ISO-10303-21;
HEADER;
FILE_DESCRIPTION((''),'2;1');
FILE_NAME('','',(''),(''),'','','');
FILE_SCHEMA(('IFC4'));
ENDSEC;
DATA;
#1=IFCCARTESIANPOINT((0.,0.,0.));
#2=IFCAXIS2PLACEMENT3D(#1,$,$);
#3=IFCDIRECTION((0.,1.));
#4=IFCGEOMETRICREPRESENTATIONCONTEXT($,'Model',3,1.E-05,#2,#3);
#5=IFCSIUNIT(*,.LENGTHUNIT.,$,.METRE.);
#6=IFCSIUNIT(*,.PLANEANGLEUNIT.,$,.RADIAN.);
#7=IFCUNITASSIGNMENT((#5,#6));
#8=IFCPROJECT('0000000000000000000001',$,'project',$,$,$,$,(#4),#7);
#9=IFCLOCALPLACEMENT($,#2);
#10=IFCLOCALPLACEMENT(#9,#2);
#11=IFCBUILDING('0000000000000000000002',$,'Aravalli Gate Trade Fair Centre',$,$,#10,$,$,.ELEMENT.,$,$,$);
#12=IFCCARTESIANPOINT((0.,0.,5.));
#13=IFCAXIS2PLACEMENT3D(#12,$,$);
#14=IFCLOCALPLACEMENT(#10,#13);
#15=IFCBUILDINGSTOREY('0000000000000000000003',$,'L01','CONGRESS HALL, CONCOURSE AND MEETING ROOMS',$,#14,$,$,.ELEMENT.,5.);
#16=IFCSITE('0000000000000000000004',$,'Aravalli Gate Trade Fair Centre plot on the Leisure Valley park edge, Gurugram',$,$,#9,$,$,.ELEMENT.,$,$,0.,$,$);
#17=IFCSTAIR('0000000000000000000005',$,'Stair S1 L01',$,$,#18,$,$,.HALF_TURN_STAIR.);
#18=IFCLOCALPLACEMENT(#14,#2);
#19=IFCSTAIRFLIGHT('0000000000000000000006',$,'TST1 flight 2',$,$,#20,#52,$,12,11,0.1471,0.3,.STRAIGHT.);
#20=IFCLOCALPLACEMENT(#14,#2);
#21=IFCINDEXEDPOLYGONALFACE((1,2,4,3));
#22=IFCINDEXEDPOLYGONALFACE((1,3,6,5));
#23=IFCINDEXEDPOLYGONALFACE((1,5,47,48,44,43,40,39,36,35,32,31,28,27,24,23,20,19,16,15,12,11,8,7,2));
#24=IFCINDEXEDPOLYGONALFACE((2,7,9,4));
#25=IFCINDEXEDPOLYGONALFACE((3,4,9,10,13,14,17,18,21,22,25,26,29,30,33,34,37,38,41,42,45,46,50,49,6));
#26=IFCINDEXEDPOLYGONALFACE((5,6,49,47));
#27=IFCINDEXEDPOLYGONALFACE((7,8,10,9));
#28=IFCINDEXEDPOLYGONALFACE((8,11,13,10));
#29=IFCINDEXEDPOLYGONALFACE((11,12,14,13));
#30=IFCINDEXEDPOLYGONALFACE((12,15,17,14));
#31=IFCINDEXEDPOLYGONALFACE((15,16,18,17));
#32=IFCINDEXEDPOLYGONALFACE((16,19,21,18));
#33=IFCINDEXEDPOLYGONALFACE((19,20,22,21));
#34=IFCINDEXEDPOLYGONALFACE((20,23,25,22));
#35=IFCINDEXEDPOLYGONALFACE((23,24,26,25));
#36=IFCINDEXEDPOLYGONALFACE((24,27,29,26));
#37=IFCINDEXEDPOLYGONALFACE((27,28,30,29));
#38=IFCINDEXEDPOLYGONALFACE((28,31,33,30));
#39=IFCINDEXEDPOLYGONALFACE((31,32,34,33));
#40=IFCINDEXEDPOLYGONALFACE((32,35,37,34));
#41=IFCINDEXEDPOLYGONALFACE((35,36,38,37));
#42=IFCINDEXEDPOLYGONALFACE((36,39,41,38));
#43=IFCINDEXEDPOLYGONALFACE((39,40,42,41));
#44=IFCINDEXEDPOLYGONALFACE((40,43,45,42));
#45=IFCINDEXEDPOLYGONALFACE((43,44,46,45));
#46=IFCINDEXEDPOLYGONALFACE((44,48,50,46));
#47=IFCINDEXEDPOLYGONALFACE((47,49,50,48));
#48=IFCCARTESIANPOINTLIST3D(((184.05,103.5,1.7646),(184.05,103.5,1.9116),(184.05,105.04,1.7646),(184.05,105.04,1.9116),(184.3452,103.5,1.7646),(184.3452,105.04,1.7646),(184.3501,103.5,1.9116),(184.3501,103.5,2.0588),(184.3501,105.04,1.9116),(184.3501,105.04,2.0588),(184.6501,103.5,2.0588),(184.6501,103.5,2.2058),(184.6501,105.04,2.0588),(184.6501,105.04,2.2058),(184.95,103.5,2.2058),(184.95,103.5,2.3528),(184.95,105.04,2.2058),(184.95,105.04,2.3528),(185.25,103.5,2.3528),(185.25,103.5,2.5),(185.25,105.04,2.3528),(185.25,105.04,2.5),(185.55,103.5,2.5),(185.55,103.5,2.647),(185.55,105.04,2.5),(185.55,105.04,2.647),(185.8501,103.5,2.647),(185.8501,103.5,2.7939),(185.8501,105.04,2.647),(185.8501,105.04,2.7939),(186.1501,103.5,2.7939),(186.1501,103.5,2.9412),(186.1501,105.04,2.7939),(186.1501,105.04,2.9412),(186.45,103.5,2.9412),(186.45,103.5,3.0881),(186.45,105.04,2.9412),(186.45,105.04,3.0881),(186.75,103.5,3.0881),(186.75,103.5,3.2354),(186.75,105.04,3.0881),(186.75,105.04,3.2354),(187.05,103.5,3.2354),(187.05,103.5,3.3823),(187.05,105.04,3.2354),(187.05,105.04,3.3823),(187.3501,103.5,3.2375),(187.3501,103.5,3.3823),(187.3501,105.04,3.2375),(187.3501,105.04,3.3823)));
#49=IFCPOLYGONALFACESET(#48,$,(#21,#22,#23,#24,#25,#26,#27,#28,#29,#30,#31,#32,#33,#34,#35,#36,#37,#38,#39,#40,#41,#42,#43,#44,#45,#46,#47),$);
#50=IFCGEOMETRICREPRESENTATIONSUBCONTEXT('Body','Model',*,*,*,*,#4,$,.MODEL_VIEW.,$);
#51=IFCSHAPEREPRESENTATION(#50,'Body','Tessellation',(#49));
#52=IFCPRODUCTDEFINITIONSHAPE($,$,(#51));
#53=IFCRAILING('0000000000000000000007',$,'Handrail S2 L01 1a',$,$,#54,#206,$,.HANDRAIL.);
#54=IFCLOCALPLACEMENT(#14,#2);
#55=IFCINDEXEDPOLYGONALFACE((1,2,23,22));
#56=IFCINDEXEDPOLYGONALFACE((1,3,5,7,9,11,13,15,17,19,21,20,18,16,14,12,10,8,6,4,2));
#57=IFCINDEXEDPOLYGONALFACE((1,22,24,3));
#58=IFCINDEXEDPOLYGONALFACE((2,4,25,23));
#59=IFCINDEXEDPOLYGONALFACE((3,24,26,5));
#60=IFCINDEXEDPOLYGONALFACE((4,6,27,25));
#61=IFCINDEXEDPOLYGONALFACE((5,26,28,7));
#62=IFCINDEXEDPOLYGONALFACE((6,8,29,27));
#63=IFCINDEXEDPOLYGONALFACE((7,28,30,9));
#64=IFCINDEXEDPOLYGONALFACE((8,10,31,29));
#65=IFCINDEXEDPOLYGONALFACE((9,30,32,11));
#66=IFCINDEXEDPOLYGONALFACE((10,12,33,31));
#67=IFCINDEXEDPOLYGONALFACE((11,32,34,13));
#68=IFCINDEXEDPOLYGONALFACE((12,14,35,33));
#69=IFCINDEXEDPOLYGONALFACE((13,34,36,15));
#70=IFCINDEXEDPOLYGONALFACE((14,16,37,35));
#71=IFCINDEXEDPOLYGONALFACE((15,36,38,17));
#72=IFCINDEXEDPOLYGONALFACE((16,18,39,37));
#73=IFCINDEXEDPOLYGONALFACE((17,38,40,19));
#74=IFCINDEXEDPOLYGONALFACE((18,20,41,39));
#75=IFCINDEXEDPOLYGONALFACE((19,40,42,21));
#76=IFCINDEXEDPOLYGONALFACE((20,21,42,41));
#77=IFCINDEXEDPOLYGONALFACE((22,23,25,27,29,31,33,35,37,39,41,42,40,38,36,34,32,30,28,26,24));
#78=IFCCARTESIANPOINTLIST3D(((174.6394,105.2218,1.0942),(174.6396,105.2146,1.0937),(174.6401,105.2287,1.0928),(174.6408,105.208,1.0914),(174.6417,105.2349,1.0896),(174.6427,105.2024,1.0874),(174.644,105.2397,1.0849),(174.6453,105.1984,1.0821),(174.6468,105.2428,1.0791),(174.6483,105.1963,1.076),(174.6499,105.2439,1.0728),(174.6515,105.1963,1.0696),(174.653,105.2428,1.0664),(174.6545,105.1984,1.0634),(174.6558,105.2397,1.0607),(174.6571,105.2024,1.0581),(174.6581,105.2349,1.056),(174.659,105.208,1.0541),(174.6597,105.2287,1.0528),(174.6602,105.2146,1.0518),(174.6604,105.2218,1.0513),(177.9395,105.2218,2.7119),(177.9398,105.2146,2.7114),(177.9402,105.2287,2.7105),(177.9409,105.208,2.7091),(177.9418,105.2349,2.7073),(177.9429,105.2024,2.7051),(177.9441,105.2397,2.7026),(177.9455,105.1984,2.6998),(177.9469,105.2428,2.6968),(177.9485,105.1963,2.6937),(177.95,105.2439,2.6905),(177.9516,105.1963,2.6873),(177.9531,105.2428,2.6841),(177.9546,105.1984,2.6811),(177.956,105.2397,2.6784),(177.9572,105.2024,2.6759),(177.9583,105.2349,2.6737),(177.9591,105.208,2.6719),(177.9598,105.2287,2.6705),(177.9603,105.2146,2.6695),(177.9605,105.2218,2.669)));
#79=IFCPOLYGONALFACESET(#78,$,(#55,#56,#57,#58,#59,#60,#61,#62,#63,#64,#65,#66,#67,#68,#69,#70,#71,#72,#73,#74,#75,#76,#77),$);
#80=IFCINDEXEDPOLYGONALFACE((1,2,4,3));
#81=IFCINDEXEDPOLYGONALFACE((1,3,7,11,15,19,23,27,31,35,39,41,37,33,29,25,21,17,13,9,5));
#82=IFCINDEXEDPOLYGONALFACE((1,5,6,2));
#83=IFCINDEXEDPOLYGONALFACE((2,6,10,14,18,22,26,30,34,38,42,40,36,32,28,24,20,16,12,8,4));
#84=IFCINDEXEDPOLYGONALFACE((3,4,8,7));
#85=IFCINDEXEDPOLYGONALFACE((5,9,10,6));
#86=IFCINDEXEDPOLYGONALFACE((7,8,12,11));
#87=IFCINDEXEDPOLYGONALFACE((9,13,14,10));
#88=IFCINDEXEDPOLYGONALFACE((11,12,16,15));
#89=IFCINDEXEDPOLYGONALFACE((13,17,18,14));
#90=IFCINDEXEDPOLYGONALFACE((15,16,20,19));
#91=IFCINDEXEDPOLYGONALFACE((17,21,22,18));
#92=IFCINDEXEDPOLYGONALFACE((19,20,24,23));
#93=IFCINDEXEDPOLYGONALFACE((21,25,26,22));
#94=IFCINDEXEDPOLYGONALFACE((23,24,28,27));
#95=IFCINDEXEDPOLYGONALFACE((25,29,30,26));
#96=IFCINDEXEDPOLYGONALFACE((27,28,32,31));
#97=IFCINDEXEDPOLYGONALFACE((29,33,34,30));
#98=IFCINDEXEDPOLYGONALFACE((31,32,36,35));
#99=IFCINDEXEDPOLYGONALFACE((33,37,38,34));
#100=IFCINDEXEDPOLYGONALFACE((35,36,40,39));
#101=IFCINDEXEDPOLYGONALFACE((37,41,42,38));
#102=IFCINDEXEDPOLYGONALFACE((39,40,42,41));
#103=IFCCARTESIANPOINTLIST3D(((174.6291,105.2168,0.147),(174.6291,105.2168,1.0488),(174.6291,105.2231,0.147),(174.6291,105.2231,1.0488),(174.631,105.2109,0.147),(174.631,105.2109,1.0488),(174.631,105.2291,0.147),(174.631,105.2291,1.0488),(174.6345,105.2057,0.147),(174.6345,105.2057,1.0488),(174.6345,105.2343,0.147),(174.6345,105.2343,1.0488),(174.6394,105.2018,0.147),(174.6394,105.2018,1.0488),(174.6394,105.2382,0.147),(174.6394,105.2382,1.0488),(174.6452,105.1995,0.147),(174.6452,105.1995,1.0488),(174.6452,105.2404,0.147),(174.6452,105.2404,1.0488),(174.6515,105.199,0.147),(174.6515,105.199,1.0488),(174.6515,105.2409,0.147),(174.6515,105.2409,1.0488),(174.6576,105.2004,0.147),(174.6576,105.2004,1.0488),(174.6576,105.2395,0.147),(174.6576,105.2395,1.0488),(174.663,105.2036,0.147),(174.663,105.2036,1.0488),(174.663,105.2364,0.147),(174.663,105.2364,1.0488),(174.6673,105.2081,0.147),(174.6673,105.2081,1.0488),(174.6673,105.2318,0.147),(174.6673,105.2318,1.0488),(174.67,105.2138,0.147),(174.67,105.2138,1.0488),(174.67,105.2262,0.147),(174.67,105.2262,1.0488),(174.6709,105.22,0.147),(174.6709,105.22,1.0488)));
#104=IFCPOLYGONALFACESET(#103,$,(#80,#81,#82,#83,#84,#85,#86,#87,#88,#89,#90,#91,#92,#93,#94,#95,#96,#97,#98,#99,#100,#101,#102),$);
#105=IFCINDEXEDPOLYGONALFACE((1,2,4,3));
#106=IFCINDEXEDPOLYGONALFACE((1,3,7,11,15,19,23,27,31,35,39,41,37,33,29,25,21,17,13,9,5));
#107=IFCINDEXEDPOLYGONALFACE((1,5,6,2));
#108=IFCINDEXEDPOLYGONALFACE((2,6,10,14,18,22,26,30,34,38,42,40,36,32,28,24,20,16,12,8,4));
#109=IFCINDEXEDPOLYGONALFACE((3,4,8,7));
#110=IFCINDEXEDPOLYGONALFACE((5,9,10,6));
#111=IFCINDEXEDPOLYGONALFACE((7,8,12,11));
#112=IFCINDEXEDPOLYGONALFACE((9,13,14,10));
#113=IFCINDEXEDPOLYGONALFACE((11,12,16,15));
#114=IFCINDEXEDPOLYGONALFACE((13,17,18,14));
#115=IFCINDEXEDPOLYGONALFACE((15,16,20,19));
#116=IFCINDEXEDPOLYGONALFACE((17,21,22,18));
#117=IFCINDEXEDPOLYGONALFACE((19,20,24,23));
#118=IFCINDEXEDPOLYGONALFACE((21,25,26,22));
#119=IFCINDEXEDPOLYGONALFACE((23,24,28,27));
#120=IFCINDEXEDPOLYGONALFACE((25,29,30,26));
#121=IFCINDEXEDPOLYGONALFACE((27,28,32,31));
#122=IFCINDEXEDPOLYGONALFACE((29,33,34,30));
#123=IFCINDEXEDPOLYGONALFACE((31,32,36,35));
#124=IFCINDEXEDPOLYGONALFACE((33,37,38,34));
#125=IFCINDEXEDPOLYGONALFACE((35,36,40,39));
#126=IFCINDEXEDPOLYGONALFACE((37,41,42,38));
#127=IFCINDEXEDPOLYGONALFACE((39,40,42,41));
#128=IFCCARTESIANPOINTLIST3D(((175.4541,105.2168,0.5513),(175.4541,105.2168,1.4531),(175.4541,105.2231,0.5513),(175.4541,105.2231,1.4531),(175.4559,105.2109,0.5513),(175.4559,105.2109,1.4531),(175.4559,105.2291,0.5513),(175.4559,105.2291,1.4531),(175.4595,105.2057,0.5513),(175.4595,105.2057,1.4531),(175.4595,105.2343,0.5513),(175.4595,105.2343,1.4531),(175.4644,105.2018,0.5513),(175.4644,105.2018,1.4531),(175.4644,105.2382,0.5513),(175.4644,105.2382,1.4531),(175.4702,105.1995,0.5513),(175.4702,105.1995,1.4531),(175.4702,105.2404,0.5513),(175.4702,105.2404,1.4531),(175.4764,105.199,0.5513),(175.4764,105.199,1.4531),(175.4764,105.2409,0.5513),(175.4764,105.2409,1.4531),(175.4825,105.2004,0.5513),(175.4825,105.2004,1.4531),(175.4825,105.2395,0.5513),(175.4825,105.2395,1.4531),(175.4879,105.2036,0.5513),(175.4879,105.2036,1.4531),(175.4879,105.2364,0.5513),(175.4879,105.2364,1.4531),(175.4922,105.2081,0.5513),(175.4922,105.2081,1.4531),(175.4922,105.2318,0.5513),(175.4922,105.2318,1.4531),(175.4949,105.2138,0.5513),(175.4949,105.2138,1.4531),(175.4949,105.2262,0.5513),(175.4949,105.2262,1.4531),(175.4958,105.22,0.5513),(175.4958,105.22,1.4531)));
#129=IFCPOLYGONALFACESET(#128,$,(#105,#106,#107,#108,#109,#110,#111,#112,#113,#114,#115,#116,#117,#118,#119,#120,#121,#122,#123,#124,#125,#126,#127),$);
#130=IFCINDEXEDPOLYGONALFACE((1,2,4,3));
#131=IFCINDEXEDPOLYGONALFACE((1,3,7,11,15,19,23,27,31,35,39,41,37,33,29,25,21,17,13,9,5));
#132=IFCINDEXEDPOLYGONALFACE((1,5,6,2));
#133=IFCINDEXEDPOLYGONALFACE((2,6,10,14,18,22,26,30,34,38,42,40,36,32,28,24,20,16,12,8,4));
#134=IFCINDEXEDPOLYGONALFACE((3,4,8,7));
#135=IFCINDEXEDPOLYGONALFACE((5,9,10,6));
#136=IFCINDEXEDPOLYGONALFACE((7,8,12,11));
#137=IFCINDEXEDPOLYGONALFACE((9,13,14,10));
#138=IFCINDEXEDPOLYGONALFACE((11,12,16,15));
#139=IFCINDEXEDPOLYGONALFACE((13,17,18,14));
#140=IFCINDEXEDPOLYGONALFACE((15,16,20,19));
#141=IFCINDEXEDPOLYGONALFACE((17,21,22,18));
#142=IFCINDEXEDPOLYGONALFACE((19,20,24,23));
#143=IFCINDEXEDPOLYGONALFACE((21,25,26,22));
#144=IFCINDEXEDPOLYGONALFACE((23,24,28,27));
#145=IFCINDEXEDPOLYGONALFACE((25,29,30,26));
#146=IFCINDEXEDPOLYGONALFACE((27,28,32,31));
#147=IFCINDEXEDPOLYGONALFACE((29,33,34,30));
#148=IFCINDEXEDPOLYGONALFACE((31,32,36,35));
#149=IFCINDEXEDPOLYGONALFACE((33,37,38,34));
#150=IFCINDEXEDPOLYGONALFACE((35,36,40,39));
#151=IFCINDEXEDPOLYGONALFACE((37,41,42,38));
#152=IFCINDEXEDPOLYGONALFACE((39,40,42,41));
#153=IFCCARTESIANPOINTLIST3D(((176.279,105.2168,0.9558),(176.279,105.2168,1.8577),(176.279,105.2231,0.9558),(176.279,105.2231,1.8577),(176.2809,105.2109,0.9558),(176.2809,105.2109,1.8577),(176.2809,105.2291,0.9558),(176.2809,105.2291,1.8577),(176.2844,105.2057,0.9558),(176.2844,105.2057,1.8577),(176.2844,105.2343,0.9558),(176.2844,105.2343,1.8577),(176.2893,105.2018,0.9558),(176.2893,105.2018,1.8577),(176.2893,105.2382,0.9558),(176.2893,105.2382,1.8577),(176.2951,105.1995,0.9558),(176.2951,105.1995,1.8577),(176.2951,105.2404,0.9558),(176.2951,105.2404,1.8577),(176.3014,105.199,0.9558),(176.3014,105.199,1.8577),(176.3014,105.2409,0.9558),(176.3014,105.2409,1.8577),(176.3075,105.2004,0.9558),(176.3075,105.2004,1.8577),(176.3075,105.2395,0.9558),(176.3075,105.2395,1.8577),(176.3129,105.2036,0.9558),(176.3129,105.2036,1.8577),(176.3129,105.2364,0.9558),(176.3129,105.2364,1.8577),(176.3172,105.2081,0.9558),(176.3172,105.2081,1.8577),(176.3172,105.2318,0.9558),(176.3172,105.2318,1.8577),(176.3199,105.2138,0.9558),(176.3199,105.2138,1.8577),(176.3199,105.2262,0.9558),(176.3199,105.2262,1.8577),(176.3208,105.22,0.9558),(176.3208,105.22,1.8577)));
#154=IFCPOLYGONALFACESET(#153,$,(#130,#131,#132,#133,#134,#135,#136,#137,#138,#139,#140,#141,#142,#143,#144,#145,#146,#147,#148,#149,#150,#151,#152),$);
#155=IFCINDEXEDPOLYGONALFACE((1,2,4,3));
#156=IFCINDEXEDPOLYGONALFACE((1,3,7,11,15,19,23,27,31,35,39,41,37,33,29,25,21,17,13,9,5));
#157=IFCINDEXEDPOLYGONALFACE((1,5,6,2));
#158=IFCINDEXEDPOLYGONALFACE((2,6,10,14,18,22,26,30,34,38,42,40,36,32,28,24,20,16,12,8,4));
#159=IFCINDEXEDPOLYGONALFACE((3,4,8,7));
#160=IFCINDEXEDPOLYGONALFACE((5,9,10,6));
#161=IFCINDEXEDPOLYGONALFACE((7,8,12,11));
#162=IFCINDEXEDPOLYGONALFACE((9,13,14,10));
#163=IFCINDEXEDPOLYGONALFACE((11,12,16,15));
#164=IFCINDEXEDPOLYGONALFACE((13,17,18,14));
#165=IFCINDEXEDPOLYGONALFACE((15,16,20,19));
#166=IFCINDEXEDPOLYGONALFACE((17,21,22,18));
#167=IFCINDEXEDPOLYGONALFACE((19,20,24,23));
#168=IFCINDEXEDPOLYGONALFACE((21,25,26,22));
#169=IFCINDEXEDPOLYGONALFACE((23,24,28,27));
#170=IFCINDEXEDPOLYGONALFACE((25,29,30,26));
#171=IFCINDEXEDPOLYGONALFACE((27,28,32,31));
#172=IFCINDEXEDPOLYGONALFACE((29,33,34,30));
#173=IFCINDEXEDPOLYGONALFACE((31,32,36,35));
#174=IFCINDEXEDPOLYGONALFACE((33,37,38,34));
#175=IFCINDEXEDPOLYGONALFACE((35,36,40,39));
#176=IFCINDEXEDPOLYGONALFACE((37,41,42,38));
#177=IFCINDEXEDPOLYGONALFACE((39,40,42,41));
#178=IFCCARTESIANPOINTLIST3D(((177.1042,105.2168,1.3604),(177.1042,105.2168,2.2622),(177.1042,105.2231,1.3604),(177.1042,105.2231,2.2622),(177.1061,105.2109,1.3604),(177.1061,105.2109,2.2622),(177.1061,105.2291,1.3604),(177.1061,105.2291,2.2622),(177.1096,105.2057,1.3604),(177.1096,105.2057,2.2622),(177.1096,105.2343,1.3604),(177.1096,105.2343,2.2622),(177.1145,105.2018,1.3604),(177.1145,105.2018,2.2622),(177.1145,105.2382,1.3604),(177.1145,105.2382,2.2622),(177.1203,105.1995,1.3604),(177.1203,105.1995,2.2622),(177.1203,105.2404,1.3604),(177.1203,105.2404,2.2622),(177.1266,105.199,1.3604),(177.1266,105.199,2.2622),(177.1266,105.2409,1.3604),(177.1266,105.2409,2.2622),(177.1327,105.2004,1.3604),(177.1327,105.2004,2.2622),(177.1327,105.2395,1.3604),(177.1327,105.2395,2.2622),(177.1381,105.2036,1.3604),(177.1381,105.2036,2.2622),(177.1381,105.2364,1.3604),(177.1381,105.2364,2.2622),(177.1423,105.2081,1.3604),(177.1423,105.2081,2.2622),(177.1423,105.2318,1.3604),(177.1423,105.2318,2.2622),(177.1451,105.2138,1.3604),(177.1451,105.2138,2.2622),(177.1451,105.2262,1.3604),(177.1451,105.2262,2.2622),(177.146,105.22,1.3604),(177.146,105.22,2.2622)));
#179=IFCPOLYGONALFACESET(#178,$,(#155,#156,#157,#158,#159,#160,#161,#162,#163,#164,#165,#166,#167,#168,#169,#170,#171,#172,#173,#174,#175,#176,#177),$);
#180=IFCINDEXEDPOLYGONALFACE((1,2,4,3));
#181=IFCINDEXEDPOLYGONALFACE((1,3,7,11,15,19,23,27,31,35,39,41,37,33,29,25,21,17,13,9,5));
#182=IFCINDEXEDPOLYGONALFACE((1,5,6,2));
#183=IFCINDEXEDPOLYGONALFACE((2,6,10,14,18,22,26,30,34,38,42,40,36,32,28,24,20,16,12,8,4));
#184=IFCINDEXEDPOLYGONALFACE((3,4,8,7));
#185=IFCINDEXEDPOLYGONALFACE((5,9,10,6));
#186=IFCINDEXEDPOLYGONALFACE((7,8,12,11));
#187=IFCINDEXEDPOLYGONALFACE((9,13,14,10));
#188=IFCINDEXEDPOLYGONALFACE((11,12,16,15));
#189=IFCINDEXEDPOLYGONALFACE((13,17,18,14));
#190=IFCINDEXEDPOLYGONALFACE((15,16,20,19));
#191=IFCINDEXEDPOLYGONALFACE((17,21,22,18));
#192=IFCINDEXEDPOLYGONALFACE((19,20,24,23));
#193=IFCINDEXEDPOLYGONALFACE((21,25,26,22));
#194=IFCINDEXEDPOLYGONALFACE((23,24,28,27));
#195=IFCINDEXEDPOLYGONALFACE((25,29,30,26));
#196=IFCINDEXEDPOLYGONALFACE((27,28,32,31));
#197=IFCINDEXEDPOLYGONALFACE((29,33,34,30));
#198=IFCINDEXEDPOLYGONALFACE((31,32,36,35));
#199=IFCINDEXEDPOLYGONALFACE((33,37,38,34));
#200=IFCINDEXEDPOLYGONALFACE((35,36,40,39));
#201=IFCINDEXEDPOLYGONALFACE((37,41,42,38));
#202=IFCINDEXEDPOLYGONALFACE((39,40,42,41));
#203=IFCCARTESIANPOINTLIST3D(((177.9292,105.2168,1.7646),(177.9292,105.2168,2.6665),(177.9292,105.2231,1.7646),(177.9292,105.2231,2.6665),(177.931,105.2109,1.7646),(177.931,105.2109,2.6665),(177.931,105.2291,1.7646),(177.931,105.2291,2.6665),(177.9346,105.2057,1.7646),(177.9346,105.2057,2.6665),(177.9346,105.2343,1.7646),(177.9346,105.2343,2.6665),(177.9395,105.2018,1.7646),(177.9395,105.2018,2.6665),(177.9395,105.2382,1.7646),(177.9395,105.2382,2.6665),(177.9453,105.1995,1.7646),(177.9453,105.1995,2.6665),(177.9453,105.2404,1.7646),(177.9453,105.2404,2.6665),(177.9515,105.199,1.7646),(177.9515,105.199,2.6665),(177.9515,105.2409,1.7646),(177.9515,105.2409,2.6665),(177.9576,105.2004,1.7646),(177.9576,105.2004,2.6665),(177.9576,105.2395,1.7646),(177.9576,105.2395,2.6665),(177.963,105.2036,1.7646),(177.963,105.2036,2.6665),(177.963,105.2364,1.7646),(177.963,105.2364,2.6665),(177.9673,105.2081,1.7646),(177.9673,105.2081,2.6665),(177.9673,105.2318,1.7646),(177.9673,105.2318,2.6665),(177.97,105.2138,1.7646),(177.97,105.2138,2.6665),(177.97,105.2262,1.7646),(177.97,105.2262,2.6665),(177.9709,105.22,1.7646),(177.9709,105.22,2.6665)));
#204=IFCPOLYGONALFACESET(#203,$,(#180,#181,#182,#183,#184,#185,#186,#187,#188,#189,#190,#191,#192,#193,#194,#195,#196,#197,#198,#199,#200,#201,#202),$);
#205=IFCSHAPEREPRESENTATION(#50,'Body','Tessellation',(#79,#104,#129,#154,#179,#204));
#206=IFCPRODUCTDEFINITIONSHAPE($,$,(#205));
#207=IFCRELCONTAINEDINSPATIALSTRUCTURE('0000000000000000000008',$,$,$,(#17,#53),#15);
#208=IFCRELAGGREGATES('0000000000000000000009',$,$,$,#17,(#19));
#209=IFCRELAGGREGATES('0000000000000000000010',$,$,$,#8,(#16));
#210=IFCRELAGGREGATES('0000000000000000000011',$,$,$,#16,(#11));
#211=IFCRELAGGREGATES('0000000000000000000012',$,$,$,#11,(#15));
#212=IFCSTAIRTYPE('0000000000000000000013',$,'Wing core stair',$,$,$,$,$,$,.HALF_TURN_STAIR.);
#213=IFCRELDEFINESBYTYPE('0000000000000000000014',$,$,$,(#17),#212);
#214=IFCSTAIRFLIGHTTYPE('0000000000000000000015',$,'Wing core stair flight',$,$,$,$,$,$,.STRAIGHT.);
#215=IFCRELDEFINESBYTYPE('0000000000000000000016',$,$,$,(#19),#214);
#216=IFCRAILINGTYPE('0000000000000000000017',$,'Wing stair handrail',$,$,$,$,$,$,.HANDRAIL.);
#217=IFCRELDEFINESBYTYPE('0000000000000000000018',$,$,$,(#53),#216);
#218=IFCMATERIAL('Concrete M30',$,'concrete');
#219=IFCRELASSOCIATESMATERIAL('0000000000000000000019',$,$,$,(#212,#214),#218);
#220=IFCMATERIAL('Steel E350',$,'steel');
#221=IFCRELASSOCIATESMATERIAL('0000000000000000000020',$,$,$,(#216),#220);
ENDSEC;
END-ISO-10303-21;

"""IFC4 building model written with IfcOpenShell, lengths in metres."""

from ifc_helpers import new_model, si_unit, direction, frame, origin, origin_2d, place, context, subcontext, project, spatial, polyline, circle, outline, extrude, material, type_object, element, aggregate, save


model = new_model("IFC4")

# Units and contexts
model_context = context("Model", 3, precision=1e-05, world=origin(), true_north=direction((0.0, 1.0)))
body_context = subcontext(model_context, "Body", "Model", "MODEL_VIEW")
ifc_project = project(units=[si_unit("LENGTHUNIT", "METRE"), si_unit("PLANEANGLEUNIT", "RADIAN")], contexts=[model_context])

# Site, building, storey
site_placement = place(None, origin())
site = spatial("IfcSite", under=ifc_project, at=site_placement, Name="Aravalli Gate Trade Fair Centre plot on the Leisure Valley park edge, Gurugram", CompositionType="ELEMENT", RefElevation=0.0)
building_placement = place(site_placement, origin())
building = spatial("IfcBuilding", under=site, at=building_placement, Name="Aravalli Gate Trade Fair Centre", CompositionType="ELEMENT")
storey_placement = place(building_placement, frame((0.0, 0.0, 5.0)))
storey = spatial("IfcBuildingStorey", under=building, at=storey_placement, Name="L01", Description="CONGRESS HALL, CONCOURSE AND MEETING ROOMS", CompositionType="ELEMENT", Elevation=5.0)

# Shared definitions
ifc_material_1 = material(Name="Concrete M30", Category="concrete")

# Shared definitions
stair_type = type_object("IfcStairType", Name="Wing core stair", PredefinedType="HALF_TURN_STAIR", material=ifc_material_1)
stair_flight_type = type_object("IfcStairFlightType", Name="Wing core stair flight", PredefinedType="STRAIGHT", material=ifc_material_1)

# Stair, stair flight
stair_1_placement = place(storey_placement, origin())
stair_1 = element("IfcStair", 1, at=stair_1_placement, inside=storey, type_object=stair_type, Name="Stair S1 L01", PredefinedType="HALF_TURN_STAIR")
stair_flight_1_placement = place(storey_placement, frame((184.05, 104.27, 1.7646), z_axis=(0.0, 0.0, 1.0), x_axis=(1.0, 0.0, 0.0)))
stair_flight_1 = element("IfcStairFlight", 2, at=stair_flight_1_placement, type_object=stair_flight_type, Name="TST1 flight 2", NumberOfRisers=12, NumberOfTreads=11, PredefinedType="STRAIGHT", RiserHeight=0.1471, TreadLength=0.3, context=body_context, shape_type="SweptSolid", body=[
    extrude(outline(polyline([(0.0, 0.0), (0.0, 0.147), (0.3, 0.147), (0.3, 0.2942), (0.6001, 0.2942), (0.6001, 0.4412), (0.8999, 0.4412), (0.8999, 0.5881), (1.2, 0.5881), (1.2, 0.7354), (1.5, 0.7354), (1.5, 0.8823), (1.8, 0.8823), (1.8, 1.0293), (2.1001, 1.0293), (2.1001, 1.1765), (2.3999, 1.1765), (2.3999, 1.3235), (2.7, 1.3235), (2.7, 1.4707), (3.0, 1.4707), (3.0, 1.6177), (3.3, 1.6177), (3.3, 1.7646), (3.3, 1.4729), (0.2952, 0.0), (0.0, 0.0)])), frame((0.0, 0.77, 0.0), z_axis=(0.0, -1.0, 0.0), x_axis=(1.0, 0.0, 0.0)), (0.0, 0.0, 1.0), 1.54),
])
aggregate(stair_1, [stair_flight_1])

# Railing
ifc_material_2 = material(Name="Steel E350", Category="steel")
railing_type_1 = type_object("IfcRailingType", Name="Wing stair handrail", PredefinedType="HANDRAIL", material=ifc_material_2)
for number, where, name in (
    (3, (174.6499, 105.22, 0.147), "Handrail S2 L01 1a"),
):
    element("IfcRailing", number, at=place(storey_placement, frame(where)), inside=storey, type_object=railing_type_1, Name=name, PredefinedType="HANDRAIL", context=body_context, shape_type="SweptSolid", body=[
        extrude(circle(Radius=0.0239, at=origin_2d()), frame((0.0, 0.0, 0.9258), z_axis=(0.89792, 0.0, 0.440158), x_axis=(0.0, 1.0, 0.0)), (0.0, 0.0, 1.0), 3.6753),
        extrude(circle(Radius=0.021, at=origin_2d()), origin(), (0.0, 0.0, 1.0), 0.9019),
        extrude(circle(Radius=0.021, at=origin_2d()), frame((0.825, 0.0, 0.4043)), (0.0, 0.0, 1.0), 0.9019),
        extrude(circle(Radius=0.021, at=origin_2d()), frame((1.6499, 0.0, 0.8088)), (0.0, 0.0, 1.0), 0.9019),
        extrude(circle(Radius=0.021, at=origin_2d()), frame((2.4751, 0.0, 1.2134)), (0.0, 0.0, 1.0), 0.9019),
        extrude(circle(Radius=0.021, at=origin_2d()), frame((3.3, 0.0, 1.6177)), (0.0, 0.0, 1.0), 0.9019),
    ])

save(model, "model.ifc")
